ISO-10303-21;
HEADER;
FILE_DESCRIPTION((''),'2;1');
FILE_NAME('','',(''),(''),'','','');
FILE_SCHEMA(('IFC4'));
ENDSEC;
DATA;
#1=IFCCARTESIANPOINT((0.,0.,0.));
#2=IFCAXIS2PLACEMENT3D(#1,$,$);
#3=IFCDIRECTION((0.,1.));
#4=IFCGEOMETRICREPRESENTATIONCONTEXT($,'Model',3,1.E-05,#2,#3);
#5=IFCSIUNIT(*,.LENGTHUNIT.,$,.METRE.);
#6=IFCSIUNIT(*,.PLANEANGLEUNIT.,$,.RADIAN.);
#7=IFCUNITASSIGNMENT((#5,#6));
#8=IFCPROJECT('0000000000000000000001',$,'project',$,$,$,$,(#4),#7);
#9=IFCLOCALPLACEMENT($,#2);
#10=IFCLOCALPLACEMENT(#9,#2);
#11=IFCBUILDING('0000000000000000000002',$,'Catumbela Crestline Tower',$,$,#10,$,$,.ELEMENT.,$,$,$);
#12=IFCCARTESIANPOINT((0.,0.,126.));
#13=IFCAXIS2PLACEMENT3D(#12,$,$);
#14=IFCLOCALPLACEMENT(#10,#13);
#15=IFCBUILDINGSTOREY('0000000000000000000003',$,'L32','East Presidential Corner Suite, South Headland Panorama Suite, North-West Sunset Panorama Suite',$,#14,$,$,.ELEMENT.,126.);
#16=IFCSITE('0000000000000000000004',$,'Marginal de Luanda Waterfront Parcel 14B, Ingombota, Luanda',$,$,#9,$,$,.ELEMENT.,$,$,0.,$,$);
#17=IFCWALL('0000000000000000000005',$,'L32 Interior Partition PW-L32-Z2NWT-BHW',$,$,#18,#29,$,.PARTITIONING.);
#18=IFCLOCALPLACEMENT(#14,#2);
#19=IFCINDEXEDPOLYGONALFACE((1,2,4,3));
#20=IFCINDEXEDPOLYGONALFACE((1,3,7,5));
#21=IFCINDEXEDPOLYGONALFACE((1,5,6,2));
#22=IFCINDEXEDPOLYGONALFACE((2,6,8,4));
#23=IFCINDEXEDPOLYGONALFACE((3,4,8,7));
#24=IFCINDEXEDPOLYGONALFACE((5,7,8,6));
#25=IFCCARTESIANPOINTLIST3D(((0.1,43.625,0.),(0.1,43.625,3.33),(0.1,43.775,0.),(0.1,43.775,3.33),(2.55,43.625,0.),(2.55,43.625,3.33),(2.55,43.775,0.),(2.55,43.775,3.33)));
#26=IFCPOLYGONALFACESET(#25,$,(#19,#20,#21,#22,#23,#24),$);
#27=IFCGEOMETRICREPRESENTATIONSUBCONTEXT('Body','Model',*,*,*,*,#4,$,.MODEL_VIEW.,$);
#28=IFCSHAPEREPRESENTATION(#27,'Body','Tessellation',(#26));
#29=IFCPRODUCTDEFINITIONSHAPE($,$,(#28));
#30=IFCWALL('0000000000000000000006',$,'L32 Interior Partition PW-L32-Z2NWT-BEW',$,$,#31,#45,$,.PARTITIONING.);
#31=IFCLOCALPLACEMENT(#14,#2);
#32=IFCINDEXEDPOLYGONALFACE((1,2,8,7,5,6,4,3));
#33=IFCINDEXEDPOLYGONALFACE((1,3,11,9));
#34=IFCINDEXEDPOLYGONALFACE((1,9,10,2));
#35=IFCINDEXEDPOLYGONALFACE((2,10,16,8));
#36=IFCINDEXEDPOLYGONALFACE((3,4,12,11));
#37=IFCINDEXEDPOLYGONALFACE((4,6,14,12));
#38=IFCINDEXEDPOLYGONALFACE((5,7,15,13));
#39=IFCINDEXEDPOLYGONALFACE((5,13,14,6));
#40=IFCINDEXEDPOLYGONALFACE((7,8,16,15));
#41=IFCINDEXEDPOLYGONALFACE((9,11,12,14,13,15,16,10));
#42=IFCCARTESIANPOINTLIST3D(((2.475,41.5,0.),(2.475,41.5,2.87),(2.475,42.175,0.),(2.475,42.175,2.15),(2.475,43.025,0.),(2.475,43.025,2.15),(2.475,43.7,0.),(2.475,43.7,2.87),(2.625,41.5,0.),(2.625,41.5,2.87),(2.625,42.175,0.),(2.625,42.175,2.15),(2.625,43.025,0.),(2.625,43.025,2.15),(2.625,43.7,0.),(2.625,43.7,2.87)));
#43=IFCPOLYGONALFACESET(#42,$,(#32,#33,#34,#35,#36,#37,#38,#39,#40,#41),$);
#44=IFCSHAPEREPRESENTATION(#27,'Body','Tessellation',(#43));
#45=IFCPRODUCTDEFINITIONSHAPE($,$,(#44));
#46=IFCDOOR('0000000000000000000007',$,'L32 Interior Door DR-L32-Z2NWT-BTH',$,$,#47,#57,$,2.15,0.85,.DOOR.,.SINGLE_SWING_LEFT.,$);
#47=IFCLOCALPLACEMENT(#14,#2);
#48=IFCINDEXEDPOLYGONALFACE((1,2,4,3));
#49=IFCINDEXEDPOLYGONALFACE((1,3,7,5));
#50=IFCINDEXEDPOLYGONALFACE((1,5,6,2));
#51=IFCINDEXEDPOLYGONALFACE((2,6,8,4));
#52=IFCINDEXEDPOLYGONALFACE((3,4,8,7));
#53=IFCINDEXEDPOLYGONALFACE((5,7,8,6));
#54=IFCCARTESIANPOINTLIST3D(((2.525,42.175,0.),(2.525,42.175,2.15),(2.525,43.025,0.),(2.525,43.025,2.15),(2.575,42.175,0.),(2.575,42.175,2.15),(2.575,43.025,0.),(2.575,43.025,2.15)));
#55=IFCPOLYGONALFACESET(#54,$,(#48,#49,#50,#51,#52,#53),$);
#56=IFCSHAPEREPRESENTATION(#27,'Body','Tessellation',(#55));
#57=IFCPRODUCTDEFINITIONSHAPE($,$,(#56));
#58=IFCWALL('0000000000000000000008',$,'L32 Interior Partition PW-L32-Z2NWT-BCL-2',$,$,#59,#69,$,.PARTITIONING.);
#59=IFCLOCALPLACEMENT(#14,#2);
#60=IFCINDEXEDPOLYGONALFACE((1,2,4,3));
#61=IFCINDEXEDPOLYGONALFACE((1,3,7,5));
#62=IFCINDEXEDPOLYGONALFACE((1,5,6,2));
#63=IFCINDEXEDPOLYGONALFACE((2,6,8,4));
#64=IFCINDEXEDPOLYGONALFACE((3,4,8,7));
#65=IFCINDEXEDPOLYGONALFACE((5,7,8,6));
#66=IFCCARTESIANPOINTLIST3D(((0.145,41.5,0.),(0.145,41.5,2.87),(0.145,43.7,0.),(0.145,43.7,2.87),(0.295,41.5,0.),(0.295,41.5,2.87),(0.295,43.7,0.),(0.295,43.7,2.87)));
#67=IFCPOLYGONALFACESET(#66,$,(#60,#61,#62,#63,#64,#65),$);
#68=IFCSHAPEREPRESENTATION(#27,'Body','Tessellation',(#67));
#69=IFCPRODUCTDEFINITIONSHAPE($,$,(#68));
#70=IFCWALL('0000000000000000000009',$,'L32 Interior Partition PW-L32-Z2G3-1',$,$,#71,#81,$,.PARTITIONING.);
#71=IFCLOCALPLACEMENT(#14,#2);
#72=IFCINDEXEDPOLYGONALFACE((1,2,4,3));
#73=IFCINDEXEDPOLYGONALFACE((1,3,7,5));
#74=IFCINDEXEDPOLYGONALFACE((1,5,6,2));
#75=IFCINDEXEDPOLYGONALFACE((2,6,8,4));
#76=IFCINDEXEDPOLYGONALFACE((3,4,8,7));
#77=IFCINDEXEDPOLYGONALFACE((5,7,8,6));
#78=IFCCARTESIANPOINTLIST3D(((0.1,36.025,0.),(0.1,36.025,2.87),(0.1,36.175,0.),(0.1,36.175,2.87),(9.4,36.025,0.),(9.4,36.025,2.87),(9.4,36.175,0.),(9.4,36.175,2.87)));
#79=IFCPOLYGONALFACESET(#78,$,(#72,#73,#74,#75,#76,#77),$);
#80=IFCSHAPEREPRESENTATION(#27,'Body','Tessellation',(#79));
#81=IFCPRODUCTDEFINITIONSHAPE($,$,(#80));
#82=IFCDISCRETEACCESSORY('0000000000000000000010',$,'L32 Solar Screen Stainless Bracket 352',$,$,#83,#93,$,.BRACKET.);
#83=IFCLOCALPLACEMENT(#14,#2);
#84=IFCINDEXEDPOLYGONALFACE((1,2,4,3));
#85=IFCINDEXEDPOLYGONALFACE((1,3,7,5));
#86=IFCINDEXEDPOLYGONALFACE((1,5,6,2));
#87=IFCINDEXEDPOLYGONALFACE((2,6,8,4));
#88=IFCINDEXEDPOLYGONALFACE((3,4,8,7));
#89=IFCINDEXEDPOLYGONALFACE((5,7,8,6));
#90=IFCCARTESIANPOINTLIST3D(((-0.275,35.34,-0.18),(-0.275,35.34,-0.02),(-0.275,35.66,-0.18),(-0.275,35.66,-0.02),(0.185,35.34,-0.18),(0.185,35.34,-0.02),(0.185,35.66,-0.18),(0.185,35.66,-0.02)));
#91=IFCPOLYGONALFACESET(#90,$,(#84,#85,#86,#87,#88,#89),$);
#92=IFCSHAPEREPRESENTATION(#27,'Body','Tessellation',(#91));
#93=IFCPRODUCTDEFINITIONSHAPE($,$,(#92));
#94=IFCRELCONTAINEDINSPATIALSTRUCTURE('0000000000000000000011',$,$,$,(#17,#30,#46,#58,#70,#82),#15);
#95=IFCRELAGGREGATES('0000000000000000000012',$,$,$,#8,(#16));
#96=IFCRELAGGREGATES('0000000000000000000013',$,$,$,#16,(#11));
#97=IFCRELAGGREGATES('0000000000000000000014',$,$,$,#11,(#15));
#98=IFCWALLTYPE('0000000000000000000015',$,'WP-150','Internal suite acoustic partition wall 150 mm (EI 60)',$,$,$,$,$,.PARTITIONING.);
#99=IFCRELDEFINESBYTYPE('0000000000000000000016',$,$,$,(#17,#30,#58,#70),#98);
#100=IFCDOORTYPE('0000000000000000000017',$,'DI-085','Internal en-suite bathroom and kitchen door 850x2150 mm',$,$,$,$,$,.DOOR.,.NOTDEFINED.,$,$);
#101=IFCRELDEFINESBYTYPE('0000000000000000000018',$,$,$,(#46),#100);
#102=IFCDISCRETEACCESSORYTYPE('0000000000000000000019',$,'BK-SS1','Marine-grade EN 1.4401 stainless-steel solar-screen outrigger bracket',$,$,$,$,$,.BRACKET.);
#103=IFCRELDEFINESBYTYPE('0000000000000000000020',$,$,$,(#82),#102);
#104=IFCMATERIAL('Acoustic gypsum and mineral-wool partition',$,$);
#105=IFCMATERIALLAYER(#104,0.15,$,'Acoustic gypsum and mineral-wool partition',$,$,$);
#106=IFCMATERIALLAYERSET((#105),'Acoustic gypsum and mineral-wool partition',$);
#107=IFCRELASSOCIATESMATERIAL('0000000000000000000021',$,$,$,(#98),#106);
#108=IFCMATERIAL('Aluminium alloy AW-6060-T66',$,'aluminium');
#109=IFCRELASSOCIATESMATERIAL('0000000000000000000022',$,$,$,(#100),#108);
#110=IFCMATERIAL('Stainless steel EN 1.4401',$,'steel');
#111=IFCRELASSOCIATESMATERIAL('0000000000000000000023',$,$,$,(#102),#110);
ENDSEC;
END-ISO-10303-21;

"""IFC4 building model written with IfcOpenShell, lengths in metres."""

from ifc_helpers import new_model, si_unit, direction, frame, frame_2d, origin, origin_2d, place, context, subcontext, project, spatial, rectangle, extrude, material, layer, layer_set, type_object, element, fill, save


model = new_model("IFC4")

# Units and contexts
model_context = context("Model", 3, precision=1e-05, world=origin(), true_north=direction((0.0, 1.0)))
body_context = subcontext(model_context, "Body", "Model", "MODEL_VIEW")
ifc_project = project(units=[si_unit("LENGTHUNIT", "METRE"), si_unit("PLANEANGLEUNIT", "RADIAN")], contexts=[model_context])

# Site, building, storey
site_placement = place(None, origin())
site = spatial("IfcSite", under=ifc_project, at=site_placement, Name="Marginal de Luanda Waterfront Parcel 14B, Ingombota, Luanda", CompositionType="ELEMENT", RefElevation=0.0)
building_placement = place(site_placement, origin())
building = spatial("IfcBuilding", under=site, at=building_placement, Name="Catumbela Crestline Tower", CompositionType="ELEMENT")
storey_placement = place(building_placement, frame((0.0, 0.0, 126.0)))
storey = spatial("IfcBuildingStorey", under=building, at=storey_placement, Name="L32", Description="East Presidential Corner Suite, South Headland Panorama Suite, North-West Sunset Panorama Suite", CompositionType="ELEMENT", Elevation=126.0)

# Shared definitions
ifc_material_1 = material(Name="Aluminium alloy AW-6060-T66", Category="aluminium")

# Shared definitions
ifc_material_2 = material(Name="Acoustic gypsum and mineral-wool partition")

# Wall
ifc_layer_1 = layer(ifc_material_2, 0.15, Name="Acoustic gypsum and mineral-wool partition")
ifc_layer_set_1 = layer_set([ifc_layer_1], Name="Acoustic gypsum and mineral-wool partition")
wall_type_1 = type_object("IfcWallType", Name="WP-150", Description="Internal suite acoustic partition wall 150 mm (EI 60)", PredefinedType="PARTITIONING", material=ifc_layer_set_1)
wall_1_placement = place(storey_placement, frame((0.1, 43.7, 0.0), z_axis=(0.0, 0.0, 1.0), x_axis=(1.0, 0.0, 0.0)))
element("IfcWall", 1, at=wall_1_placement, inside=storey, type_object=wall_type_1, Name="L32 Interior Partition PW-L32-Z2NWT-BHW", PredefinedType="PARTITIONING", context=body_context, shape_type="SweptSolid", body=[
    extrude(rectangle(XDim=2.45, YDim=0.15, at=frame_2d((1.225, 0.0))), origin(), (0.0, 0.0, 1.0), 3.33),
])

# Wall, opening, door
wall_2_placement = place(storey_placement, frame((2.55, 41.5, 0.0), z_axis=(0.0, 0.0, 1.0), x_axis=(0.0, 1.0, 0.0)))
wall_2 = element("IfcWall", 2, at=wall_2_placement, inside=storey, type_object=wall_type_1, Name="L32 Interior Partition PW-L32-Z2NWT-BEW", PredefinedType="PARTITIONING", context=body_context, shape_type="SweptSolid", body=[
    extrude(rectangle(XDim=2.2, YDim=0.15, at=frame_2d((1.1, 0.0))), origin(), (0.0, 0.0, 1.0), 2.87),
])
opening_1_placement = place(wall_2_placement, frame((0.675, 0.0, 0.0)))
opening_1 = element("IfcOpeningElement", 3, at=opening_1_placement, cuts=wall_2, PredefinedType="OPENING", context=body_context, shape_type="SweptSolid", body=[
    extrude(rectangle(XDim=0.85, YDim=2.15, at=frame_2d((0.425, 1.075))), frame((0.0, 0.085, 0.0), z_axis=(0.0, -1.0, 0.0), x_axis=(1.0, 0.0, 0.0)), (0.0, 0.0, 1.0), 0.17),
])
door_type_1 = type_object("IfcDoorType", Name="DI-085", Description="Internal en-suite bathroom and kitchen door 850x2150 mm", OperationType="NOTDEFINED", PredefinedType="DOOR", material=ifc_material_1)
door_1_placement = place(opening_1_placement, origin())
door_1 = element("IfcDoor", 4, at=door_1_placement, inside=storey, type_object=door_type_1, Name="L32 Interior Door DR-L32-Z2NWT-BTH", OperationType="SINGLE_SWING_LEFT", OverallHeight=2.15, OverallWidth=0.85, PredefinedType="DOOR", context=body_context, shape_type="SweptSolid", body=[
    extrude(rectangle(XDim=0.85, YDim=2.15, at=frame_2d((0.425, 1.075))), frame((0.0, 0.025, 0.0), z_axis=(0.0, -1.0, 0.0), x_axis=(1.0, 0.0, 0.0)), (0.0, 0.0, 1.0), 0.05),
])
fill(opening_1, door_1)

# Walls
wall_3_placement = place(storey_placement, frame((0.22, 41.5, 0.0), z_axis=(0.0, 0.0, 1.0), x_axis=(0.0, 1.0, 0.0)))
element("IfcWall", 5, at=wall_3_placement, inside=storey, type_object=wall_type_1, Name="L32 Interior Partition PW-L32-Z2NWT-BCL-2", PredefinedType="PARTITIONING", context=body_context, shape_type="SweptSolid", body=[
    extrude(rectangle(XDim=2.2, YDim=0.15, at=frame_2d((1.1, 0.0))), origin(), (0.0, 0.0, 1.0), 2.87),
])
wall_4_placement = place(storey_placement, frame((0.1, 36.1, 0.0), z_axis=(0.0, 0.0, 1.0), x_axis=(1.0, 0.0, 0.0)))
element("IfcWall", 6, at=wall_4_placement, inside=storey, type_object=wall_type_1, Name="L32 Interior Partition PW-L32-Z2G3-1", PredefinedType="PARTITIONING", context=body_context, shape_type="SweptSolid", body=[
    extrude(rectangle(XDim=9.3, YDim=0.15, at=frame_2d((4.65, 0.0))), origin(), (0.0, 0.0, 1.0), 2.87),
])

# Discrete accessory
ifc_material_3 = material(Name="Stainless steel EN 1.4401", Category="steel")
discrete_accessory_type = type_object("IfcDiscreteAccessoryType", Name="BK-SS1", Description="Marine-grade EN 1.4401 stainless-steel solar-screen outrigger bracket", PredefinedType="BRACKET", material=ifc_material_3)
discrete_accessory_placement = place(storey_placement, frame((-0.045, 35.5, -0.18), z_axis=(0.0, 0.0, 1.0), x_axis=(0.0, -1.0, 0.0)))
element("IfcDiscreteAccessory", 7, at=discrete_accessory_placement, inside=storey, type_object=discrete_accessory_type, Name="L32 Solar Screen Stainless Bracket 352", PredefinedType="BRACKET", context=body_context, shape_type="SweptSolid", body=[
    extrude(rectangle(XDim=0.32, YDim=0.46, at=origin_2d()), origin(), (0.0, 0.0, 1.0), 0.16),
])

save(model, "model.ifc")
